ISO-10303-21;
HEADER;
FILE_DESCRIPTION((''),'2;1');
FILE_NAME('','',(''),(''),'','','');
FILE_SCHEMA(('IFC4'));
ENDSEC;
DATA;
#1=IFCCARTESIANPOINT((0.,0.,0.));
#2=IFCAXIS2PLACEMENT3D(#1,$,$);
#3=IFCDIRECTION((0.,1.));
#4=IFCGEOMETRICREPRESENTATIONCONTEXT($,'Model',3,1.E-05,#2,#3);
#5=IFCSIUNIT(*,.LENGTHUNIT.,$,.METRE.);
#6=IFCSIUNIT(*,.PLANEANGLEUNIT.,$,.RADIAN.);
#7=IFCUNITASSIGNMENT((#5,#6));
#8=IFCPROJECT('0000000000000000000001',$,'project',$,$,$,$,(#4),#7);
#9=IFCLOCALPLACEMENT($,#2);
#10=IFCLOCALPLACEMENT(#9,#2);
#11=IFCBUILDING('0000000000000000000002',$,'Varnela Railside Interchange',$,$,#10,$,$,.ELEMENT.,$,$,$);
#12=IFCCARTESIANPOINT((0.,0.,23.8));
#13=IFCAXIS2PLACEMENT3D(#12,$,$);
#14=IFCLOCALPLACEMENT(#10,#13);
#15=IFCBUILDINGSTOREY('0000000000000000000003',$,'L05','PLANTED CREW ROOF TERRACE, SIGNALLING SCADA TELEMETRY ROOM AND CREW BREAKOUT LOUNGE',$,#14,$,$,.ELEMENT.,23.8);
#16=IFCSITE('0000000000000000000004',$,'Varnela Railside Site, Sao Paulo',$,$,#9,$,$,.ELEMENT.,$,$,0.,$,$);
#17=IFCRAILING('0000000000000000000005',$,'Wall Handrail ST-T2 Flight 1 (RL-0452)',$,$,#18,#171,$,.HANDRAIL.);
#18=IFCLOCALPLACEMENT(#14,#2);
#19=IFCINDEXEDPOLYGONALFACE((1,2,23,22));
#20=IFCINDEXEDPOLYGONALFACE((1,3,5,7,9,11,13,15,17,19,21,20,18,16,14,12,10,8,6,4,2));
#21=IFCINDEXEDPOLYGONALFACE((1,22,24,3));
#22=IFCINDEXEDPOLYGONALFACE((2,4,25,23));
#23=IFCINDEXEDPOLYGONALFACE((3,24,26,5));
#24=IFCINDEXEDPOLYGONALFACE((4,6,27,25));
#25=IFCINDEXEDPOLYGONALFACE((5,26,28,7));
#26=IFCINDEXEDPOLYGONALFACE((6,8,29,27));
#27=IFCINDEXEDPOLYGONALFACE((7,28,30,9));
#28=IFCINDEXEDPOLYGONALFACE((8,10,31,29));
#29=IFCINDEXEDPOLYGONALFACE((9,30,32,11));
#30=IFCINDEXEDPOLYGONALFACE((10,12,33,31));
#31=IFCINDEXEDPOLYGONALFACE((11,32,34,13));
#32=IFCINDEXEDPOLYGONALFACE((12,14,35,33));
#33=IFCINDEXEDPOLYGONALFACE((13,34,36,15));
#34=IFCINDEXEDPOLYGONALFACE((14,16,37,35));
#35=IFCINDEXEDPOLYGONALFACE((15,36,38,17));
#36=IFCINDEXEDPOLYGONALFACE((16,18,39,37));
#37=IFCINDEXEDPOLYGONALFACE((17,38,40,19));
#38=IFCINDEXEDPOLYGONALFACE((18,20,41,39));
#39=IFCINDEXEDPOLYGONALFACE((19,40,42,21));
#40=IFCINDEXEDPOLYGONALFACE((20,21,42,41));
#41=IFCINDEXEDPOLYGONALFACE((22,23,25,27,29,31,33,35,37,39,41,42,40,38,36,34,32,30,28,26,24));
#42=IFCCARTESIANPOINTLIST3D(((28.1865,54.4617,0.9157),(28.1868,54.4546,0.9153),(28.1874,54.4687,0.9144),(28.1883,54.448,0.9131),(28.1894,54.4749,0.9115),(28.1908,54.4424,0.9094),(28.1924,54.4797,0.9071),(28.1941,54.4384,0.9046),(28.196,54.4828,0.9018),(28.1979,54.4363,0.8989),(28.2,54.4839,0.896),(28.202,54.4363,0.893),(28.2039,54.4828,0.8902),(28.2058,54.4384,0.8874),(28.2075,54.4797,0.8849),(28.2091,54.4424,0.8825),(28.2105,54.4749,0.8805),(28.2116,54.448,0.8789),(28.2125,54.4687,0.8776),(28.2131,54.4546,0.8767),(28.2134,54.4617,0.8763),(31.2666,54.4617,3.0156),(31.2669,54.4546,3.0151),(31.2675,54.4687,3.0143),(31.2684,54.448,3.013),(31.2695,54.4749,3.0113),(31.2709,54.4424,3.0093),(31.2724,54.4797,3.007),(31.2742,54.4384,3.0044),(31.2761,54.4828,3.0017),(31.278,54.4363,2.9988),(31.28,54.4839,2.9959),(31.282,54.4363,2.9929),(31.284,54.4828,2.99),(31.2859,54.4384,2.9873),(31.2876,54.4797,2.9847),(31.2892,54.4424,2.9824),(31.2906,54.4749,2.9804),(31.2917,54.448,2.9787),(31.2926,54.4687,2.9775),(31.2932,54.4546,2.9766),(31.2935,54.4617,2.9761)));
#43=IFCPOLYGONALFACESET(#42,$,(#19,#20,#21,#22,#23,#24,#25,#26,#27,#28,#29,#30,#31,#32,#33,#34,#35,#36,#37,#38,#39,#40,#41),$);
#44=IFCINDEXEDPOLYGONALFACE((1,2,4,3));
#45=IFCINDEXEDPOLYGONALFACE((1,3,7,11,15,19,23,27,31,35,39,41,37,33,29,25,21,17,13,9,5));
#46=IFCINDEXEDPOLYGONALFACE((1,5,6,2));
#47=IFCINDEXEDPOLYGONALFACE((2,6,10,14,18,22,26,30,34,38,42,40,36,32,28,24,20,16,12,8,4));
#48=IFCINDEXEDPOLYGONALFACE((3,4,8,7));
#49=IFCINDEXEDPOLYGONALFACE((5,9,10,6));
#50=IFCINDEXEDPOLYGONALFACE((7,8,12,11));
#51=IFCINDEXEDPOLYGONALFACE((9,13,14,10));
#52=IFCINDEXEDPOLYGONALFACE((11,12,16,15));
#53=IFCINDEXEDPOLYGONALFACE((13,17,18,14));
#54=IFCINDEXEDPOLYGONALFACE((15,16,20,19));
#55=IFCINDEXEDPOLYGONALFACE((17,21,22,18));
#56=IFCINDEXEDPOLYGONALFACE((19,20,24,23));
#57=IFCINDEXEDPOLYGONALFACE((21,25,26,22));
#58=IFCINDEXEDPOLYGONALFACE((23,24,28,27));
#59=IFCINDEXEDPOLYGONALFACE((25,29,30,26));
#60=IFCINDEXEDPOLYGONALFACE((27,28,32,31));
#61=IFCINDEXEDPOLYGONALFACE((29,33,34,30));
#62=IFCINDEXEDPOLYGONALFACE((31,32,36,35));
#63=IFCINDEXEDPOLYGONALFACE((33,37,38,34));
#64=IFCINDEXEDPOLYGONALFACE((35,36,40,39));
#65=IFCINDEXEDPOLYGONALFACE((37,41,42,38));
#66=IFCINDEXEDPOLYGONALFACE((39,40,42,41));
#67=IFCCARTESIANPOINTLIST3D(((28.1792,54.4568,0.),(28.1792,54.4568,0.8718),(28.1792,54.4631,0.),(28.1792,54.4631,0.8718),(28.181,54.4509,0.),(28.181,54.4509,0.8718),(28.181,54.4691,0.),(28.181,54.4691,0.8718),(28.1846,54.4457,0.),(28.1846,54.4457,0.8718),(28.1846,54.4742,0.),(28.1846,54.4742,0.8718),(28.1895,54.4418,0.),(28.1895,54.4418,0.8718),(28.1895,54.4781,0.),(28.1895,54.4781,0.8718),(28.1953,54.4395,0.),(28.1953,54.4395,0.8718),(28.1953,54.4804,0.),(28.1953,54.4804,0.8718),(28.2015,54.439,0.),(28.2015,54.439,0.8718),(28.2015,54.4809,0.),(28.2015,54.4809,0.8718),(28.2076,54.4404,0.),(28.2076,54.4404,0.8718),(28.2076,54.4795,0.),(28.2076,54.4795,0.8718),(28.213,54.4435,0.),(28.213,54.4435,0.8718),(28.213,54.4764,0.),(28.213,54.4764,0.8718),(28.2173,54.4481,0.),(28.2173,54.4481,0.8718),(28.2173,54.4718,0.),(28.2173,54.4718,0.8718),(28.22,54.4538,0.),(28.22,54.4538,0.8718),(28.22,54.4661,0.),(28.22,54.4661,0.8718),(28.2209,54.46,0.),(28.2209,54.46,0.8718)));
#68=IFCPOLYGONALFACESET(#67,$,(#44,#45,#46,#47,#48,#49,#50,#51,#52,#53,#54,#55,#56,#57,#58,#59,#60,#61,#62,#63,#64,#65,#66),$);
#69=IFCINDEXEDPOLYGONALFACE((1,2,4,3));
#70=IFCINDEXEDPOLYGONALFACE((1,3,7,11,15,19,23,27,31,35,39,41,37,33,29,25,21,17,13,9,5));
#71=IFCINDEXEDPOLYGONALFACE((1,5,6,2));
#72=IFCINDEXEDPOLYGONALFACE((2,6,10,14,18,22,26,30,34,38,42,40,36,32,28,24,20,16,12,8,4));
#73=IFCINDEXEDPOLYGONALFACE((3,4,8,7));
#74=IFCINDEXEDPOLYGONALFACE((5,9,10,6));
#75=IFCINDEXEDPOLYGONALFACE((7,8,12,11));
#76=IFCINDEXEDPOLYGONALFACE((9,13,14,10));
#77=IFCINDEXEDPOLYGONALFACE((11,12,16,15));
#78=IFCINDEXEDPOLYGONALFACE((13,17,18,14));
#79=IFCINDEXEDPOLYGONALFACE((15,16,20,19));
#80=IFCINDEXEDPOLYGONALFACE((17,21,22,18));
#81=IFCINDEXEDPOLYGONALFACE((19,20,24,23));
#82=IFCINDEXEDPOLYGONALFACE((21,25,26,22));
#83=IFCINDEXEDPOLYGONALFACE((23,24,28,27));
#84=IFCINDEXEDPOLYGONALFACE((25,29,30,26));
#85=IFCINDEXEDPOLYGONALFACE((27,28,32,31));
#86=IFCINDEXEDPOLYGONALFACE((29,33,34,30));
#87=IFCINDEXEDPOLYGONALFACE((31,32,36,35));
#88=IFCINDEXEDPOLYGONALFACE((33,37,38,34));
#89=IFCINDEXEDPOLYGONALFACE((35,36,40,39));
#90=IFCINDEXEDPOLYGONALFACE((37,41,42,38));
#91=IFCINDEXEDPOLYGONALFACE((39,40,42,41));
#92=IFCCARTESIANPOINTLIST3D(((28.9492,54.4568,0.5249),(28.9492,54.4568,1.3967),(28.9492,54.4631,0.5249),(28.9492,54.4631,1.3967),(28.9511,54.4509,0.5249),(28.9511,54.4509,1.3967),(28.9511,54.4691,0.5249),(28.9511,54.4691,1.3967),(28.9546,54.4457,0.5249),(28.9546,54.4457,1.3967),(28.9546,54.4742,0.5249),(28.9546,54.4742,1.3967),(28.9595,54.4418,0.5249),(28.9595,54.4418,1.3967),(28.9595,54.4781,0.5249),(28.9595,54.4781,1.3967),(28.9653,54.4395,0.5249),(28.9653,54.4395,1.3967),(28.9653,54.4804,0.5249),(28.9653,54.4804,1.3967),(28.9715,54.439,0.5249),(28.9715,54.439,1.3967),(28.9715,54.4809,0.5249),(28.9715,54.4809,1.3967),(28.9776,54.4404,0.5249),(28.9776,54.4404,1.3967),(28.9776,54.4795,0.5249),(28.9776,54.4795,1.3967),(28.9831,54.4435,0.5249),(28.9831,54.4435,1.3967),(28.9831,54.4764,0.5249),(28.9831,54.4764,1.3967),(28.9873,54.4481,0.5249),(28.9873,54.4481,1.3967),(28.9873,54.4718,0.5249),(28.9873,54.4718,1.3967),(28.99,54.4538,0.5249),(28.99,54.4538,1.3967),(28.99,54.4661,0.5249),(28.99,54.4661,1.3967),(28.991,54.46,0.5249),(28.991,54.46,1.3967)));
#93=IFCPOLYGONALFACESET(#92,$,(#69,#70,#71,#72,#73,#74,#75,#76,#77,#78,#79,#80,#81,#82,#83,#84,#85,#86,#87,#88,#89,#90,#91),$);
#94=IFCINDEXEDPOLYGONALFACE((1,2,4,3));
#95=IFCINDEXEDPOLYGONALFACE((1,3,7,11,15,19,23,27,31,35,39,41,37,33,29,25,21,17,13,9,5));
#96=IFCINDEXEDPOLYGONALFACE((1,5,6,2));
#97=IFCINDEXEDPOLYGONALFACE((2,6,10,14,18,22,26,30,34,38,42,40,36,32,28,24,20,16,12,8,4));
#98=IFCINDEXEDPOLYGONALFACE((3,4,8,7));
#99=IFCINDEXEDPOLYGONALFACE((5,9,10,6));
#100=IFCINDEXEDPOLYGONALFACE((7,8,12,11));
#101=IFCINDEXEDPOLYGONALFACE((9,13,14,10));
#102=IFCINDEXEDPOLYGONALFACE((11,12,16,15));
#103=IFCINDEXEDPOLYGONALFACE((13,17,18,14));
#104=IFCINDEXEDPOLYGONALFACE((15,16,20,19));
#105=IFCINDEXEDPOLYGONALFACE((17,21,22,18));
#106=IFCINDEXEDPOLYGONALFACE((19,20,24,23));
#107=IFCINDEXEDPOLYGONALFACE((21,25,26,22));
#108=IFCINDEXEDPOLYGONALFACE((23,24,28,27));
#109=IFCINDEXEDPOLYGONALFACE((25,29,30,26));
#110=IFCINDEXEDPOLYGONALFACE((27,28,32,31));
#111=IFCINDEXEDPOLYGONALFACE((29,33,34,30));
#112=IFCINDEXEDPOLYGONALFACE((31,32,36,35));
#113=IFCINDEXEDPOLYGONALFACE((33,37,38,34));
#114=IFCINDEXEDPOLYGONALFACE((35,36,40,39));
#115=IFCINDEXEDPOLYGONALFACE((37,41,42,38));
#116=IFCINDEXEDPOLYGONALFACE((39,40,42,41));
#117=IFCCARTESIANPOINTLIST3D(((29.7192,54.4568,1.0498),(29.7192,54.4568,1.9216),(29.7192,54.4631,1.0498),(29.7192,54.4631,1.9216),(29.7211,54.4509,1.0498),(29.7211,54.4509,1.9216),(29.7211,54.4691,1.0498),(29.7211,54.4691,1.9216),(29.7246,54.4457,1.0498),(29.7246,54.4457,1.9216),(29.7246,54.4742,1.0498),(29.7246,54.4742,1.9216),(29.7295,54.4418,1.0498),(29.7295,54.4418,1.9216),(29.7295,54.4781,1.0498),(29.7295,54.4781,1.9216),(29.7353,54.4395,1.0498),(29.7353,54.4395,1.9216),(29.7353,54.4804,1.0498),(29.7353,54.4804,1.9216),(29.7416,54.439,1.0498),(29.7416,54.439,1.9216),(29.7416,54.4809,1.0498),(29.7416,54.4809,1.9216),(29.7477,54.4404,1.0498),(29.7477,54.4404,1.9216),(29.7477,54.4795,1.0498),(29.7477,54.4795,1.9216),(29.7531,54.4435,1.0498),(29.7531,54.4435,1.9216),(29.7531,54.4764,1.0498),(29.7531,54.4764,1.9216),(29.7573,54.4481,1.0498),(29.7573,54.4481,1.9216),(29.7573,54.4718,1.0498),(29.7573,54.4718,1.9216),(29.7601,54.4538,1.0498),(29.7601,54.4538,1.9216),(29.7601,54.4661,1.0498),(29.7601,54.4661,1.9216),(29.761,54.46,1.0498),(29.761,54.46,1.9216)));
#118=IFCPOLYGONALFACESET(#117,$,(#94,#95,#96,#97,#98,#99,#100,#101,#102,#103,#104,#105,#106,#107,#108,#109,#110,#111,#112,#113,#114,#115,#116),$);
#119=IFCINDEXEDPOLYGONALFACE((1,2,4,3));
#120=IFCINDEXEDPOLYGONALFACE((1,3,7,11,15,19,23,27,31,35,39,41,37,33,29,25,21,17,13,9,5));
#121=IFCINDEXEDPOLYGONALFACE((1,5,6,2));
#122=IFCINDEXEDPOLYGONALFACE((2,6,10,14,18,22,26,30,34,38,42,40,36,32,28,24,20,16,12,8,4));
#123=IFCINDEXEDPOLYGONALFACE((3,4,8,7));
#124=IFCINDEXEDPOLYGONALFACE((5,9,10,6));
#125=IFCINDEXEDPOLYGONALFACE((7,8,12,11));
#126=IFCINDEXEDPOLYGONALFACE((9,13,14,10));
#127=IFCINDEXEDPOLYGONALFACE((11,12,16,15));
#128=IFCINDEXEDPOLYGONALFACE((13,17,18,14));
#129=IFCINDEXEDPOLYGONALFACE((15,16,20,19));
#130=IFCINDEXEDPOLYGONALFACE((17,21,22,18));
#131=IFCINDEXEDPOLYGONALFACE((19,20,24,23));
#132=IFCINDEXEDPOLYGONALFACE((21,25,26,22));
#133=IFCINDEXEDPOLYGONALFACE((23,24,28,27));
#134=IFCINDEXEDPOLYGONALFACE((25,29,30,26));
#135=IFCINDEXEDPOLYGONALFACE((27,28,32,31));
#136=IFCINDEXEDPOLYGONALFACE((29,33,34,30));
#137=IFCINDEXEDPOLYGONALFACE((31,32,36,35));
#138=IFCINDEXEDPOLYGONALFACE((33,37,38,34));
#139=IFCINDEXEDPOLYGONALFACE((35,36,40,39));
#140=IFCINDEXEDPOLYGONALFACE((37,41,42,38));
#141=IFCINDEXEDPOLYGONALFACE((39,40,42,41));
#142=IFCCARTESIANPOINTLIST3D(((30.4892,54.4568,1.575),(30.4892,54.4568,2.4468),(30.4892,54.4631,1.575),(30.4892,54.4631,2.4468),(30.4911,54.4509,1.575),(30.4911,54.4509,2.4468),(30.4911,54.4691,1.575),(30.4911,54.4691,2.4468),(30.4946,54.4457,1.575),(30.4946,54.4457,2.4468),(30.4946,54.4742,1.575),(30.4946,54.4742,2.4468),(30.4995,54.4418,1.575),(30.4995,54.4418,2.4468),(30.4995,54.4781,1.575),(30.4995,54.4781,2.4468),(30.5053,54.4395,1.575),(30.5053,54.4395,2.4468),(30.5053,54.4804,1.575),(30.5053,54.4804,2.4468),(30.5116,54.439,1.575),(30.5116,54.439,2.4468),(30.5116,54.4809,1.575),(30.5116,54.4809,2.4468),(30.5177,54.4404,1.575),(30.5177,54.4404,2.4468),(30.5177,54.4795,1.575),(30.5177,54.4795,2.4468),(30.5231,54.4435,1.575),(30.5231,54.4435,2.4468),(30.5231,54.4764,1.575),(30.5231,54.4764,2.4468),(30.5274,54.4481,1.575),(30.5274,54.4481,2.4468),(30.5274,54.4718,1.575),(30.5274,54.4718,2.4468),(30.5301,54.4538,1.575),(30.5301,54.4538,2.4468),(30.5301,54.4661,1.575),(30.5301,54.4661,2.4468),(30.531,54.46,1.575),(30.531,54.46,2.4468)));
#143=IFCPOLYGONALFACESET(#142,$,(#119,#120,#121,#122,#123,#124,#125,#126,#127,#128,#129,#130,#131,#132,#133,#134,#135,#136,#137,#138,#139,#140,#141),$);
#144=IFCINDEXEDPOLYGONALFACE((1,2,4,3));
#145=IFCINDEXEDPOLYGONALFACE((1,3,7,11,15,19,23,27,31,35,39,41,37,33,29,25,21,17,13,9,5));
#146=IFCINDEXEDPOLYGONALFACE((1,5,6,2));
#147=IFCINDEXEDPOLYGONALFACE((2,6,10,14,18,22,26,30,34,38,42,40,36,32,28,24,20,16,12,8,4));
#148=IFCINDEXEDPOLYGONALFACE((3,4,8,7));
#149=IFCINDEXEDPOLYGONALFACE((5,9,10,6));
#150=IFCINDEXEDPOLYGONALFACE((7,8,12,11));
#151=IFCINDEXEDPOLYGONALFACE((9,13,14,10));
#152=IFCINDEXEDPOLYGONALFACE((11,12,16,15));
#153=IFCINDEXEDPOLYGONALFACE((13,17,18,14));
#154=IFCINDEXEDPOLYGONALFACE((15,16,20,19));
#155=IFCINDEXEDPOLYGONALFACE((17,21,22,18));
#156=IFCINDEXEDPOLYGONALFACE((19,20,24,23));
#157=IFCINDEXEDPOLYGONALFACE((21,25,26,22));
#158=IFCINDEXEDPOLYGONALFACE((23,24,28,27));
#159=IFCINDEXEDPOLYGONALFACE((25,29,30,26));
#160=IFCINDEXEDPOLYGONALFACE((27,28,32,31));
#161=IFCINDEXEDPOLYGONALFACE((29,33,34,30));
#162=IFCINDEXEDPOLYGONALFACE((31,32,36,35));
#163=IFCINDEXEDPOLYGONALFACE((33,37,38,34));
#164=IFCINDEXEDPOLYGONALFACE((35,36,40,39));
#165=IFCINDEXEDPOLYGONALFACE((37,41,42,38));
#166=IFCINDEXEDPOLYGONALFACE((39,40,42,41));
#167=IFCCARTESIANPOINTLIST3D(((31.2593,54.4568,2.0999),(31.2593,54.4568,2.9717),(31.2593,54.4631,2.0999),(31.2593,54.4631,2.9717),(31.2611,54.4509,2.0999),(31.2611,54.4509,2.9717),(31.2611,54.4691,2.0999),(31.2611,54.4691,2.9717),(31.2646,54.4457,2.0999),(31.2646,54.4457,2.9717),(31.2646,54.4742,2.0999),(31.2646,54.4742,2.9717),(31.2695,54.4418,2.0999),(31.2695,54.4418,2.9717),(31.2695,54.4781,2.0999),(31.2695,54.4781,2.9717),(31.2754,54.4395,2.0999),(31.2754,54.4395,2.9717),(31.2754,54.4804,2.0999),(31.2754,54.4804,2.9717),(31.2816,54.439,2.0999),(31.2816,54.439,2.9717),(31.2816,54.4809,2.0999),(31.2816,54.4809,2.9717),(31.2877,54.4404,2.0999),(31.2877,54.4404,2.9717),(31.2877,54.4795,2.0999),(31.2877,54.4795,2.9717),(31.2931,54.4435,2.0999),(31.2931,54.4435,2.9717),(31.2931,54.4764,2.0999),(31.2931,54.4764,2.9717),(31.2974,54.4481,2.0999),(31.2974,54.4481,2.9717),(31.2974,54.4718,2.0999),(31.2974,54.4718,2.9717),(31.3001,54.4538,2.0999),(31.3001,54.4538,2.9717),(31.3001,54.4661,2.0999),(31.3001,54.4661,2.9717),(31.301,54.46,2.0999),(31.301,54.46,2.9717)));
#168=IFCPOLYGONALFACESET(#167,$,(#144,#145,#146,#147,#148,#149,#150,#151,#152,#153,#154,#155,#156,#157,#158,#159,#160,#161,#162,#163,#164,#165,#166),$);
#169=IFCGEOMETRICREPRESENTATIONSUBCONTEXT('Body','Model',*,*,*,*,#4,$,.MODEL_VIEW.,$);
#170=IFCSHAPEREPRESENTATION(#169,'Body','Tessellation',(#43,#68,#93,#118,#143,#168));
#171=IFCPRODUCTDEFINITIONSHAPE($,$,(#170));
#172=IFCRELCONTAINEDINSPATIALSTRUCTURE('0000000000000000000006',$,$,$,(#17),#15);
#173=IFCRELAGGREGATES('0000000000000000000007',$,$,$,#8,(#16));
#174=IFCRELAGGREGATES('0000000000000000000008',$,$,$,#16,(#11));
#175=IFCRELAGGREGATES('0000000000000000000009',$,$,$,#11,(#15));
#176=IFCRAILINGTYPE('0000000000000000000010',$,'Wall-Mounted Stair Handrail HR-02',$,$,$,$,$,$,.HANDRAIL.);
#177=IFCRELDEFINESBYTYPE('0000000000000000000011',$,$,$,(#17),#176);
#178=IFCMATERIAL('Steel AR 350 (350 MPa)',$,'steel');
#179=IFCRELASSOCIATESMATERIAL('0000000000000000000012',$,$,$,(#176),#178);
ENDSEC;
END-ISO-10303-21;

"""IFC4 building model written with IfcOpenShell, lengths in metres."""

from ifc_helpers import new_model, si_unit, direction, frame, origin, origin_2d, place, context, subcontext, project, spatial, circle, extrude, material, type_object, element, save


model = new_model("IFC4")

# Units and contexts
model_context = context("Model", 3, precision=1e-05, world=origin(), true_north=direction((0.0, 1.0)))
body_context = subcontext(model_context, "Body", "Model", "MODEL_VIEW")
ifc_project = project(units=[si_unit("LENGTHUNIT", "METRE"), si_unit("PLANEANGLEUNIT", "RADIAN")], contexts=[model_context])

# Site, building, storey
site_placement = place(None, origin())
site = spatial("IfcSite", under=ifc_project, at=site_placement, Name="Varnela Railside Site, Sao Paulo", CompositionType="ELEMENT", RefElevation=0.0)
building_placement = place(site_placement, origin())
building = spatial("IfcBuilding", under=site, at=building_placement, Name="Varnela Railside Interchange", CompositionType="ELEMENT")
storey_placement = place(building_placement, frame((0.0, 0.0, 23.8)))
storey = spatial("IfcBuildingStorey", under=building, at=storey_placement, Name="L05", Description="PLANTED CREW ROOF TERRACE, SIGNALLING SCADA TELEMETRY ROOM AND CREW BREAKOUT LOUNGE", CompositionType="ELEMENT", Elevation=23.8)

# Shared definitions
ifc_material_1 = material(Name="Steel AR 350 (350 MPa)", Category="steel")

# Railing
railing_type_1 = type_object("IfcRailingType", Name="Wall-Mounted Stair Handrail HR-02", PredefinedType="HANDRAIL", material=ifc_material_1)
railing_1_placement = place(storey_placement, frame((28.2, 54.46, 0.0)))
element("IfcRailing", 1, at=railing_1_placement, inside=storey, type_object=railing_type_1, Name="Wall Handrail ST-T2 Flight 1 (RL-0452)", PredefinedType="HANDRAIL", context=body_context, shape_type="SweptSolid", body=[
    extrude(circle(Radius=0.0239, at=origin_2d()), frame((0.0, 0.0, 0.896), z_axis=(0.826252, 0.0, 0.5633), x_axis=(0.0, 1.0, 0.0)), (0.0, 0.0, 1.0), 3.7278),
    extrude(circle(Radius=0.021, at=origin_2d()), origin(), (0.0, 0.0, 1.0), 0.8718),
    extrude(circle(Radius=0.021, at=origin_2d()), frame((0.77, 0.0, 0.5249)), (0.0, 0.0, 1.0), 0.8718),
    extrude(circle(Radius=0.021, at=origin_2d()), frame((1.54, 0.0, 1.0498)), (0.0, 0.0, 1.0), 0.8718),
    extrude(circle(Radius=0.021, at=origin_2d()), frame((2.3101, 0.0, 1.575)), (0.0, 0.0, 1.0), 0.8718),
    extrude(circle(Radius=0.021, at=origin_2d()), frame((3.0801, 0.0, 2.0999)), (0.0, 0.0, 1.0), 0.8718),
])

save(model, "model.ifc")
